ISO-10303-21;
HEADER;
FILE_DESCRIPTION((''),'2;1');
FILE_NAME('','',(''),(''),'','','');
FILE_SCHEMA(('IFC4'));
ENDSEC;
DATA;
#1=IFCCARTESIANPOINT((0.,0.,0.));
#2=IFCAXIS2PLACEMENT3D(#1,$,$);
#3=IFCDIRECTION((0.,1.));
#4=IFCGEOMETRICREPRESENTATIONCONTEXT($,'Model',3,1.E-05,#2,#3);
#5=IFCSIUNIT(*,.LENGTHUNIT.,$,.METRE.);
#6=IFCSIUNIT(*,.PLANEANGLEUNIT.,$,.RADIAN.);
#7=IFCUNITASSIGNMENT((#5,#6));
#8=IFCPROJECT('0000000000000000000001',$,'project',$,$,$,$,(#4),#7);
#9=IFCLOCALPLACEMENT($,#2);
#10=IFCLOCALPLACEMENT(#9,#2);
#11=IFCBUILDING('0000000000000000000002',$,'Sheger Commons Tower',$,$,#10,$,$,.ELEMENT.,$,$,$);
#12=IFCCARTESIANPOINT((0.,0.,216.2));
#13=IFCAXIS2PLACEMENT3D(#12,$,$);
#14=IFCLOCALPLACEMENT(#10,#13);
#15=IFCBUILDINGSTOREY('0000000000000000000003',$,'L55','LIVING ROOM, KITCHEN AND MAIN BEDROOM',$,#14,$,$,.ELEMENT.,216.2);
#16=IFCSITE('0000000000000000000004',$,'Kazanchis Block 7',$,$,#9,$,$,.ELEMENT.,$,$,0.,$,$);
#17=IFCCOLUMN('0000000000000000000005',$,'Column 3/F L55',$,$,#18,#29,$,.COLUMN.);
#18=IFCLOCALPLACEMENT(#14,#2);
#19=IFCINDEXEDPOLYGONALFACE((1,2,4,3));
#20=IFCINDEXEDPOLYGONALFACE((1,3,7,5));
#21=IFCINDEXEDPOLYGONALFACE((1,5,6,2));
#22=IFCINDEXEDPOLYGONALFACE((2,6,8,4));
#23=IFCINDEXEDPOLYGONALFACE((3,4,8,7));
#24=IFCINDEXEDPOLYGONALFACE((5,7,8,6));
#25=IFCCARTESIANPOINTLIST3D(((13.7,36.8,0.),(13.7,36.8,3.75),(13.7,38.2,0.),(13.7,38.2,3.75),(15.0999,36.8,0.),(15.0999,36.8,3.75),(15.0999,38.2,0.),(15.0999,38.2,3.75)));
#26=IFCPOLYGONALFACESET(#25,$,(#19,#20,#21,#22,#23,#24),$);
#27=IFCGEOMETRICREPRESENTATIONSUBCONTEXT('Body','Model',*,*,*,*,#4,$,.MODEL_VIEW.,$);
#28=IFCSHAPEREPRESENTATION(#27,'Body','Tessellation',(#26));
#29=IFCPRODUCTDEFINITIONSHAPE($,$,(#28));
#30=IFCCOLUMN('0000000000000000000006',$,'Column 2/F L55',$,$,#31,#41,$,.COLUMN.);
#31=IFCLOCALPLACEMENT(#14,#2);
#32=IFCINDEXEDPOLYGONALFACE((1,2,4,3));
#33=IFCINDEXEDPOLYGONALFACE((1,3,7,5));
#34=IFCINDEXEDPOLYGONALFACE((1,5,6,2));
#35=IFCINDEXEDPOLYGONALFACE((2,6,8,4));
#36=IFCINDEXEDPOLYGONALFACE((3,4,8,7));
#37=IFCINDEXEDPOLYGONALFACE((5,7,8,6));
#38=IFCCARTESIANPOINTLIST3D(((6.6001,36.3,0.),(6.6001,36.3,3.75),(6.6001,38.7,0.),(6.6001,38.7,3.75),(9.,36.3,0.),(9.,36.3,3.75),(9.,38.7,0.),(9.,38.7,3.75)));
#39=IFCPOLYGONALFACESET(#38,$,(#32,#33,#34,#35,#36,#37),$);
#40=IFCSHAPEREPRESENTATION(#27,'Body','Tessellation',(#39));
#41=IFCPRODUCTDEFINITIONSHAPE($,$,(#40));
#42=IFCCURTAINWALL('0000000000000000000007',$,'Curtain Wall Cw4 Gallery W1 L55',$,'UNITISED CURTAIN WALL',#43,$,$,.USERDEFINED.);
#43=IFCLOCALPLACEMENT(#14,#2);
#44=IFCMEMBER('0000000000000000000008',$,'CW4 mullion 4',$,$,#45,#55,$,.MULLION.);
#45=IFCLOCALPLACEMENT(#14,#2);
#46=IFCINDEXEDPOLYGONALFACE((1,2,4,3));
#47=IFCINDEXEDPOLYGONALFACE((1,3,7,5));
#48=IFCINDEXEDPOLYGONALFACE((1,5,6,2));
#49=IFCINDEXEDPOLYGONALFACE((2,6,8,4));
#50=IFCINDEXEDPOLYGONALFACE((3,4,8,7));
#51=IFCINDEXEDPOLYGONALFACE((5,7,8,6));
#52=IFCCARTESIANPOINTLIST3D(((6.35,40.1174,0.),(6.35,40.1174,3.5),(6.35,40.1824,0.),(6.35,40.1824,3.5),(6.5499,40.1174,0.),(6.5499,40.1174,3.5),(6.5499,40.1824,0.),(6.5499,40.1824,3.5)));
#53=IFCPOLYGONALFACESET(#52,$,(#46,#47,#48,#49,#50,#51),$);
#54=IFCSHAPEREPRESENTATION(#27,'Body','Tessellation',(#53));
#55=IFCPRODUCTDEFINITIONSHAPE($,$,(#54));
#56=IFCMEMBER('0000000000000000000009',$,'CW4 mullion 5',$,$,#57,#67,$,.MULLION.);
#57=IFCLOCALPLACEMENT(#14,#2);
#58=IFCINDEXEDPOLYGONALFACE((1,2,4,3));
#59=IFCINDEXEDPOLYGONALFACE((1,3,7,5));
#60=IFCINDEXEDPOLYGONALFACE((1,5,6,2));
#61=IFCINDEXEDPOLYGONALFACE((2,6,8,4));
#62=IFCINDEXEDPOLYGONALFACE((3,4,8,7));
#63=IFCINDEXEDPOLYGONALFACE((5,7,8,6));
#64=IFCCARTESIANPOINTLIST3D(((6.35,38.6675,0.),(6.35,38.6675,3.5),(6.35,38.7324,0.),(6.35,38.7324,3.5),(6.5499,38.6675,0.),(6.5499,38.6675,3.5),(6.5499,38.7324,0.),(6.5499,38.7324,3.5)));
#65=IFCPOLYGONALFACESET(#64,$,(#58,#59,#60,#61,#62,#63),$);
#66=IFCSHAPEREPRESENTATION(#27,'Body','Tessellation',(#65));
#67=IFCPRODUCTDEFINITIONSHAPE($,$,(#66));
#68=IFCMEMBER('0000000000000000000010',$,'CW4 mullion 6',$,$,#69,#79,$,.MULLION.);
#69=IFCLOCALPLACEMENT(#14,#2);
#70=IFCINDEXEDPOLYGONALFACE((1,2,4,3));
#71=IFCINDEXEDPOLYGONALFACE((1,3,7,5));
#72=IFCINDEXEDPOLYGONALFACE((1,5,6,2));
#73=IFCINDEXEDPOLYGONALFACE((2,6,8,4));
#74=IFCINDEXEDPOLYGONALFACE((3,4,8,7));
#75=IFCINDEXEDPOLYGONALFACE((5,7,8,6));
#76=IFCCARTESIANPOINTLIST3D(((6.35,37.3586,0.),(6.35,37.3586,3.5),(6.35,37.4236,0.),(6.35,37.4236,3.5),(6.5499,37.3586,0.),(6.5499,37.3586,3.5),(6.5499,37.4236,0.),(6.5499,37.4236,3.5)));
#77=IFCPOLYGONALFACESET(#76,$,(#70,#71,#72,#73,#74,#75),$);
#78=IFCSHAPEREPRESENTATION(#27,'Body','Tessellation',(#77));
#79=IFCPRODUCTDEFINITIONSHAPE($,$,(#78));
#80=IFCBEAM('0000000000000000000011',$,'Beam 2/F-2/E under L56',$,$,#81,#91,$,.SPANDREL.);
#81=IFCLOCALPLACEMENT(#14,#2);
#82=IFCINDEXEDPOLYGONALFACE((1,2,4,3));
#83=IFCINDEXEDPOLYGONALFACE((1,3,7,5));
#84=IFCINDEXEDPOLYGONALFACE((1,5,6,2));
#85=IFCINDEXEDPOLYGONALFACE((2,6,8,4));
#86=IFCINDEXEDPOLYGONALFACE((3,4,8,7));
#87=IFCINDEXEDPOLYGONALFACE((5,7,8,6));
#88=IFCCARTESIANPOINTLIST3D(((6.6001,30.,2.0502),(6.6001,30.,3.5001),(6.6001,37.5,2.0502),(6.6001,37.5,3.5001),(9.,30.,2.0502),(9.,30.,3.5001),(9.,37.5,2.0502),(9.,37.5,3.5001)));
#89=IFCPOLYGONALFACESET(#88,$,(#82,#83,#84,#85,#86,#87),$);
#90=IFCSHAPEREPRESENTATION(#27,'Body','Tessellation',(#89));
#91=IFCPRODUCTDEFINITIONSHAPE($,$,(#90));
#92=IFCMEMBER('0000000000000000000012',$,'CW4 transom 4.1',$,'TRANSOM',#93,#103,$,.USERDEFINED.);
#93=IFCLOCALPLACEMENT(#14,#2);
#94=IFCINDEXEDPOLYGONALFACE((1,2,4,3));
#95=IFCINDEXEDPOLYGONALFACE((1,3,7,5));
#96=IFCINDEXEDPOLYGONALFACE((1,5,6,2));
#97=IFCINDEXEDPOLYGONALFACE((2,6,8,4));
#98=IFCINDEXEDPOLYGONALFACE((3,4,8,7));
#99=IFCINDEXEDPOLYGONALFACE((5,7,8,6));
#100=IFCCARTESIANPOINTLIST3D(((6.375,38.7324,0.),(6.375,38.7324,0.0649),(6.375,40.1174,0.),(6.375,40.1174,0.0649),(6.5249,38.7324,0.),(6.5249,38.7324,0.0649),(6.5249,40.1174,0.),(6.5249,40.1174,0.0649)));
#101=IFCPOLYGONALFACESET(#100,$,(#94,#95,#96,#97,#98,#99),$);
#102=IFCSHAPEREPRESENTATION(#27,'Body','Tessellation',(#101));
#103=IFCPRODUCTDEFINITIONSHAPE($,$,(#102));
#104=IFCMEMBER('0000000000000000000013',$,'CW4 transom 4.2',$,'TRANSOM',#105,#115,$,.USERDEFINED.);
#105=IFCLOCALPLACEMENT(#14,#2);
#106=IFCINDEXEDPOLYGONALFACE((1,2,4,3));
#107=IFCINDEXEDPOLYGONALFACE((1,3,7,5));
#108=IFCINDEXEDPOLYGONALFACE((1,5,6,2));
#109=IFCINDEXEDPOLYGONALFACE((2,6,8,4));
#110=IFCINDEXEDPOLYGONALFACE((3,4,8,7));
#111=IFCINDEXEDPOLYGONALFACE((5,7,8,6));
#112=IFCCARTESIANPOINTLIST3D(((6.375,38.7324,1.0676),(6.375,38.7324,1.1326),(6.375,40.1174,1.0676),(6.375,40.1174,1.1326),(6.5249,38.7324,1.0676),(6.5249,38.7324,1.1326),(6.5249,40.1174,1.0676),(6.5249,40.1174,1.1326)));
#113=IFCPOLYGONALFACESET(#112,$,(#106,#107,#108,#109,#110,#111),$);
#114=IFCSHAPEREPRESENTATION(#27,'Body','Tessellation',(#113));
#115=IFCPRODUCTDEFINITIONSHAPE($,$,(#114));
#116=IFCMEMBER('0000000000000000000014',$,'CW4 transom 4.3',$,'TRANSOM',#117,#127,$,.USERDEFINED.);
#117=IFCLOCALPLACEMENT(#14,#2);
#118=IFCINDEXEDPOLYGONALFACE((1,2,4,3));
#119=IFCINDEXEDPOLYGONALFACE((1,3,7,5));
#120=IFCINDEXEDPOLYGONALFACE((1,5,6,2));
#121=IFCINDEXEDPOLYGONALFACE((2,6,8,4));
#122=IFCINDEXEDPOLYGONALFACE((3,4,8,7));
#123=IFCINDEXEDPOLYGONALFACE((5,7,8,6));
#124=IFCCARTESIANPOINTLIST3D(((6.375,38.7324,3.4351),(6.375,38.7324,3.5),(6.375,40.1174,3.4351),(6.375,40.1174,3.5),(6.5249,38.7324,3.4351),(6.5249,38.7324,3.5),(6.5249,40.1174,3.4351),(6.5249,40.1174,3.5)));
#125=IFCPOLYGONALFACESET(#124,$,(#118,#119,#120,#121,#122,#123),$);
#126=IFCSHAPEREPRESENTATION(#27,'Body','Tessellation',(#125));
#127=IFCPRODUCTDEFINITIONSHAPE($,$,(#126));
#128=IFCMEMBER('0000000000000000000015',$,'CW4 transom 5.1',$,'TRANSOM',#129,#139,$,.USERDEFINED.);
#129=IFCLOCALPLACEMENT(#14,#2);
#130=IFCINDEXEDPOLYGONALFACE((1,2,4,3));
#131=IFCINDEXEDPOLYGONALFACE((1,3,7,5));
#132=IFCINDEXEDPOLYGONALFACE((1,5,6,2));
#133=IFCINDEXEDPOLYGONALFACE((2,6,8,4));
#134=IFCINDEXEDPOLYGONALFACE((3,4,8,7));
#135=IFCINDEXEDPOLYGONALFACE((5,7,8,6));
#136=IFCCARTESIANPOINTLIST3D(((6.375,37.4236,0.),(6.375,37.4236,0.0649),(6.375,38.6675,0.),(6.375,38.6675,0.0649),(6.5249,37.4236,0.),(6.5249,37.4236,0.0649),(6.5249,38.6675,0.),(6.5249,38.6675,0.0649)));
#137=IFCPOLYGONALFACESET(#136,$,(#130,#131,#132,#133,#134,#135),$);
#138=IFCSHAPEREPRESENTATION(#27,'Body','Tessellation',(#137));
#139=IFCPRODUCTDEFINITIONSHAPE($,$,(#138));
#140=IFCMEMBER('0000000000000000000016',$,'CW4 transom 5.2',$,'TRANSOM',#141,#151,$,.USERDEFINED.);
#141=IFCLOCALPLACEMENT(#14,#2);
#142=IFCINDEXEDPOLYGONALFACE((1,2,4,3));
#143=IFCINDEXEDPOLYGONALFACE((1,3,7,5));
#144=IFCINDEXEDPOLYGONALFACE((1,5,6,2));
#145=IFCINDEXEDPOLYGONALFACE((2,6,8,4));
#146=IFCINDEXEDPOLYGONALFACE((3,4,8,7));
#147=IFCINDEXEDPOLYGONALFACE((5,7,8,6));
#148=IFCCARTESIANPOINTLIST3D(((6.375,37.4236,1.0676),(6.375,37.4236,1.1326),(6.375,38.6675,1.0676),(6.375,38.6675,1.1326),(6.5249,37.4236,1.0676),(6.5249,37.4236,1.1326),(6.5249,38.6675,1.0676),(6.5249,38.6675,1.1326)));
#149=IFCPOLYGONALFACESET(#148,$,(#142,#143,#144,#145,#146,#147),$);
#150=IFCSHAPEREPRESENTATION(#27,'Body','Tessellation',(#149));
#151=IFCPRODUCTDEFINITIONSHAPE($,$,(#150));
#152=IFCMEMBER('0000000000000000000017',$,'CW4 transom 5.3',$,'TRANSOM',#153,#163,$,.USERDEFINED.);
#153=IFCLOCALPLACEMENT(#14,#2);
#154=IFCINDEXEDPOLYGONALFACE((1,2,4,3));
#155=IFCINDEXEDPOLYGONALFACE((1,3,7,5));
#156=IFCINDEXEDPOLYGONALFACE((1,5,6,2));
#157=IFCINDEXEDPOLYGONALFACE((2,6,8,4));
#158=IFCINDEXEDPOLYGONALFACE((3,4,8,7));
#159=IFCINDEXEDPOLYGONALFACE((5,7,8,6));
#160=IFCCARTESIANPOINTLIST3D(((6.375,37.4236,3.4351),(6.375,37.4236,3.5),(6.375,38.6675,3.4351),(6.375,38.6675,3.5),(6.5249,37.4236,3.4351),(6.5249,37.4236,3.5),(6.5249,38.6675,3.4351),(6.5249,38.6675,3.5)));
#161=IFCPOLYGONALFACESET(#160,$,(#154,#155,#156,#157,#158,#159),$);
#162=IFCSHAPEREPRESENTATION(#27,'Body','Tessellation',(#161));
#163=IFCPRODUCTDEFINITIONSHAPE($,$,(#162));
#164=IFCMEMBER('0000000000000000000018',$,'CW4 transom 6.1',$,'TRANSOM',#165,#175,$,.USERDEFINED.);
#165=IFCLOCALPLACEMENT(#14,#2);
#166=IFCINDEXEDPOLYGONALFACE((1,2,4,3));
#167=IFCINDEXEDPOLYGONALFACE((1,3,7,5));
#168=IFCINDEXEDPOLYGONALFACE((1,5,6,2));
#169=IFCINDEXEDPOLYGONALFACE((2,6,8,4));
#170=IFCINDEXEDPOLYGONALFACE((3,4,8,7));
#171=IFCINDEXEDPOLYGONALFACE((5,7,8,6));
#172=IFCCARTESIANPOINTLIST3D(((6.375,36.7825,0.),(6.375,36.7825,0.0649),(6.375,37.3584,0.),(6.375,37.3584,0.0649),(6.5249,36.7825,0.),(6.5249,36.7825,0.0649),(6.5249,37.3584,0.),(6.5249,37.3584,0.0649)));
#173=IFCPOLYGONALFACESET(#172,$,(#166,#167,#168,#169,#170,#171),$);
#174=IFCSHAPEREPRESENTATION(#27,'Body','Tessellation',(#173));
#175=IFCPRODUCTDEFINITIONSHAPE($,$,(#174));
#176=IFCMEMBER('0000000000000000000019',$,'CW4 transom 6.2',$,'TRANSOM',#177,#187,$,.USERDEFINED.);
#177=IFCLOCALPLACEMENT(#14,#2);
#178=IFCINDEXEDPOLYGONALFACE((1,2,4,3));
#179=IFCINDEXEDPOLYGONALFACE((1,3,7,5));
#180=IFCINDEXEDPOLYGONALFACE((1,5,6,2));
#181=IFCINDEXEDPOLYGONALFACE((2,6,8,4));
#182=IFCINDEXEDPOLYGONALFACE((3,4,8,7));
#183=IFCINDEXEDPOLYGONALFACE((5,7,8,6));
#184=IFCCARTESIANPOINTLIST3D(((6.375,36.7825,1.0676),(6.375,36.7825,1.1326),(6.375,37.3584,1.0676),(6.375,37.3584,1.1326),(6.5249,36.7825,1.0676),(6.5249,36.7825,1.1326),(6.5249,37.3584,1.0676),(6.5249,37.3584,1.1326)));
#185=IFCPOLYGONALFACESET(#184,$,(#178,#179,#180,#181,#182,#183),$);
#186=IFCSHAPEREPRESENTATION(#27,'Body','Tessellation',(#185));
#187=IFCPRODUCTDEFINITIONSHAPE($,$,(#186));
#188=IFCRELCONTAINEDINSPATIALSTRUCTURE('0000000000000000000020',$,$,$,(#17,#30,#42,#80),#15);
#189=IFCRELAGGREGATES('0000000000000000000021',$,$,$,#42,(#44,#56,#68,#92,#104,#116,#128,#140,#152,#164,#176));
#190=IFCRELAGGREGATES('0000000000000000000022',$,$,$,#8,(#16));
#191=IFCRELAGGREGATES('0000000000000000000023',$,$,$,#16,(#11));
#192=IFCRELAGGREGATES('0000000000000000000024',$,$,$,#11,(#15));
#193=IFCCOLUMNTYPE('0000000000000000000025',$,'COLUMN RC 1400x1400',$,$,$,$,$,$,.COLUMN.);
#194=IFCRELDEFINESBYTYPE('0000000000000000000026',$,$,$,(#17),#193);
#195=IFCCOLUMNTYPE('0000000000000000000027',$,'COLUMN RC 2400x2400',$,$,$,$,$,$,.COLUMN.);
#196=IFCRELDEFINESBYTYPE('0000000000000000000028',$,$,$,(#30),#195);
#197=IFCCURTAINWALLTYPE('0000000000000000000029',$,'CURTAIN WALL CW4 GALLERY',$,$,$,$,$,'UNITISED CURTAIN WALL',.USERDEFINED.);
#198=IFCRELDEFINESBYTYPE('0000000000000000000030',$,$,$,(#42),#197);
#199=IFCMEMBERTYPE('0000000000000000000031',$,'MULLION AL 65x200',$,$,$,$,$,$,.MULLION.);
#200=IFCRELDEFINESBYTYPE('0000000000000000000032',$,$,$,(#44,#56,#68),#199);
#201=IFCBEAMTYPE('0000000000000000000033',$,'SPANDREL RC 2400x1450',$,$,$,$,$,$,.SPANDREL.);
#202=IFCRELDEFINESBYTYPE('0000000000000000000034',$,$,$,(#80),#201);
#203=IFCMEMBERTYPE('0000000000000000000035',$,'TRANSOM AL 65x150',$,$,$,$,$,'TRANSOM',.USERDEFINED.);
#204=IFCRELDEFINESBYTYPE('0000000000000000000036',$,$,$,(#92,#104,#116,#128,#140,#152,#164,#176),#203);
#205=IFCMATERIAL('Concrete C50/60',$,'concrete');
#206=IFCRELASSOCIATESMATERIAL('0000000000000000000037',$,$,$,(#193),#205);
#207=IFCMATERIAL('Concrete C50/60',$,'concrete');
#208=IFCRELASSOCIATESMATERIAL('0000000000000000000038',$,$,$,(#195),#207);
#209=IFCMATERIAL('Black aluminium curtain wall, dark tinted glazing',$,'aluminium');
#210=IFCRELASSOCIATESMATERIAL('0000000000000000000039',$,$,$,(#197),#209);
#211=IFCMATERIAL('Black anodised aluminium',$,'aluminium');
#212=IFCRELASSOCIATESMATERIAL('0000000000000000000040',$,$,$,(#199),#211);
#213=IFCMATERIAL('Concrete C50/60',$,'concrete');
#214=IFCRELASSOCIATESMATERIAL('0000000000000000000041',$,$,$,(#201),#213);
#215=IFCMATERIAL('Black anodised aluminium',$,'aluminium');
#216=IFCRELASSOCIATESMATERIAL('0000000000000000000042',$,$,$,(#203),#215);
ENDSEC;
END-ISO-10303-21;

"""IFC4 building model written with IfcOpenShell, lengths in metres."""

from ifc_helpers import new_model, si_unit, direction, frame, origin, origin_2d, place, context, subcontext, project, spatial, rectangle, extrude, material, material_profile, profile_set, type_object, element, aggregate, save


model = new_model("IFC4")

# Units and contexts
model_context = context("Model", 3, precision=1e-05, world=origin(), true_north=direction((0.0, 1.0)))
body_context = subcontext(model_context, "Body", "Model", "MODEL_VIEW")
ifc_project = project(units=[si_unit("LENGTHUNIT", "METRE"), si_unit("PLANEANGLEUNIT", "RADIAN")], contexts=[model_context])

# Site, building, storey
site_placement = place(None, origin())
site = spatial("IfcSite", under=ifc_project, at=site_placement, Name="Kazanchis Block 7", CompositionType="ELEMENT", RefElevation=0.0)
building_placement = place(site_placement, origin())
building = spatial("IfcBuilding", under=site, at=building_placement, Name="Sheger Commons Tower", CompositionType="ELEMENT")
storey_placement = place(building_placement, frame((0.0, 0.0, 216.2)))
storey = spatial("IfcBuildingStorey", under=building, at=storey_placement, Name="L55", Description="LIVING ROOM, KITCHEN AND MAIN BEDROOM", CompositionType="ELEMENT", Elevation=216.2)

# Columns
ifc_material_1 = material(Name="Concrete C50/60", Category="concrete")
ifc_material_profile_1 = material_profile(ifc_material_1, rectangle(XDim=1.3999, YDim=1.3999, at=origin_2d()), Name="RC 1400x1400")
ifc_profile_set_1 = profile_set([ifc_material_profile_1], Name="Concrete C50/60")
column_type_1 = type_object("IfcColumnType", Name="COLUMN RC 1400x1400", PredefinedType="COLUMN", material=ifc_profile_set_1)
column_1_placement = place(storey_placement, frame((14.3999, 37.5, 0.0), z_axis=(0.0, 0.0, 1.0), x_axis=(1.0, 0.0, 0.0)))
element("IfcColumn", 1, at=column_1_placement, inside=storey, type_object=column_type_1, Name="Column 3/F L55", PredefinedType="COLUMN", context=body_context, shape_type="SweptSolid", body=[
    extrude(rectangle(XDim=1.3999, YDim=1.3999, at=origin_2d()), origin(), (0.0, 0.0, 1.0), 3.75),
])
ifc_material_2 = material(Name="Concrete C50/60", Category="concrete")
ifc_material_profile_2 = material_profile(ifc_material_2, rectangle(XDim=2.3999, YDim=2.3999, at=origin_2d()), Name="RC 2400x2400")
ifc_profile_set_2 = profile_set([ifc_material_profile_2], Name="Concrete C50/60")
column_type_2 = type_object("IfcColumnType", Name="COLUMN RC 2400x2400", PredefinedType="COLUMN", material=ifc_profile_set_2)
column_2_placement = place(storey_placement, frame((7.8, 37.5, 0.0), z_axis=(0.0, 0.0, 1.0), x_axis=(1.0, 0.0, 0.0)))
element("IfcColumn", 2, at=column_2_placement, inside=storey, type_object=column_type_2, Name="Column 2/F L55", PredefinedType="COLUMN", context=body_context, shape_type="SweptSolid", body=[
    extrude(rectangle(XDim=2.3999, YDim=2.3999, at=origin_2d()), origin(), (0.0, 0.0, 1.0), 3.75),
])

# Curtain wall, members
ifc_material_3 = material(Name="Black aluminium curtain wall, dark tinted glazing", Category="aluminium")
curtain_wall_type = type_object("IfcCurtainWallType", Name="CURTAIN WALL CW4 GALLERY", ElementType="UNITISED CURTAIN WALL", PredefinedType="USERDEFINED", material=ifc_material_3)
curtain_wall_placement = place(storey_placement, origin())
curtain_wall = element("IfcCurtainWall", 3, at=curtain_wall_placement, inside=storey, type_object=curtain_wall_type, Name="Curtain Wall Cw4 Gallery W1 L55", ObjectType="UNITISED CURTAIN WALL", PredefinedType="USERDEFINED")
ifc_material_4 = material(Name="Black anodised aluminium", Category="aluminium")
ifc_material_profile_3 = material_profile(ifc_material_4, rectangle(XDim=0.2, YDim=0.0649, at=origin_2d()), Name="AL 65x200")
ifc_profile_set_3 = profile_set([ifc_material_profile_3], Name="Black anodised aluminium")
member_type_1 = type_object("IfcMemberType", Name="MULLION AL 65x200", PredefinedType="MULLION", material=ifc_profile_set_3)
member_1_placement = place(storey_placement, frame((6.45, 40.1499, 0.0), z_axis=(0.0, 0.0, 1.0), x_axis=(1.0, 0.0, 0.0)))
member_1 = element("IfcMember", 4, at=member_1_placement, type_object=member_type_1, Name="CW4 mullion 4", PredefinedType="MULLION", context=body_context, shape_type="SweptSolid", body=[
    extrude(rectangle(XDim=0.2, YDim=0.0649, at=origin_2d()), origin(), (0.0, 0.0, 1.0), 3.5),
])
member_2_placement = place(storey_placement, frame((6.45, 38.7, 0.0), z_axis=(0.0, 0.0, 1.0), x_axis=(1.0, 0.0, 0.0)))
member_2 = element("IfcMember", 5, at=member_2_placement, type_object=member_type_1, Name="CW4 mullion 5", PredefinedType="MULLION", context=body_context, shape_type="SweptSolid", body=[
    extrude(rectangle(XDim=0.2, YDim=0.0649, at=origin_2d()), origin(), (0.0, 0.0, 1.0), 3.5),
])
member_3_placement = place(storey_placement, frame((6.45, 37.3911, 0.0), z_axis=(0.0, 0.0, 1.0), x_axis=(1.0, 0.0, 0.0)))
member_3 = element("IfcMember", 6, at=member_3_placement, type_object=member_type_1, Name="CW4 mullion 6", PredefinedType="MULLION", context=body_context, shape_type="SweptSolid", body=[
    extrude(rectangle(XDim=0.2, YDim=0.0649, at=origin_2d()), origin(), (0.0, 0.0, 1.0), 3.5),
])

# Beam
ifc_material_5 = material(Name="Concrete C50/60", Category="concrete")
ifc_material_profile_4 = material_profile(ifc_material_5, rectangle(XDim=2.3999, YDim=1.45, at=origin_2d()), Name="RC 2400x1450")
ifc_profile_set_4 = profile_set([ifc_material_profile_4], Name="Concrete C50/60")
beam_type = type_object("IfcBeamType", Name="SPANDREL RC 2400x1450", PredefinedType="SPANDREL", material=ifc_profile_set_4)
beam_placement = place(storey_placement, frame((7.8, 37.5, 2.7751), z_axis=(0.0, -1.0, 0.0), x_axis=(1.0, 0.0, 0.0)))
element("IfcBeam", 7, at=beam_placement, inside=storey, type_object=beam_type, Name="Beam 2/F-2/E under L56", PredefinedType="SPANDREL", context=body_context, shape_type="SweptSolid", body=[
    extrude(rectangle(XDim=2.3999, YDim=1.45, at=origin_2d()), origin(), (0.0, 0.0, 1.0), 7.5),
])

# Members
ifc_material_6 = material(Name="Black anodised aluminium", Category="aluminium")
ifc_material_profile_5 = material_profile(ifc_material_6, rectangle(XDim=0.1499, YDim=0.0649, at=origin_2d()), Name="AL 65x150")
ifc_profile_set_5 = profile_set([ifc_material_profile_5], Name="Black anodised aluminium")
member_type_2 = type_object("IfcMemberType", Name="TRANSOM AL 65x150", ElementType="TRANSOM", PredefinedType="USERDEFINED", material=ifc_profile_set_5)
member_4_placement = place(storey_placement, frame((6.45, 40.1174, 0.0325), z_axis=(0.0, -1.0, 0.0), x_axis=(1.0, 0.0, 0.0)))
member_4 = element("IfcMember", 8, at=member_4_placement, type_object=member_type_2, Name="CW4 transom 4.1", ObjectType="TRANSOM", PredefinedType="USERDEFINED", context=body_context, shape_type="SweptSolid", body=[
    extrude(rectangle(XDim=0.1499, YDim=0.0649, at=origin_2d()), origin(), (0.0, 0.0, 1.0), 1.385),
])
member_5_placement = place(storey_placement, frame((6.45, 40.1174, 1.1001), z_axis=(0.0, -1.0, 0.0), x_axis=(1.0, 0.0, 0.0)))
member_5 = element("IfcMember", 9, at=member_5_placement, type_object=member_type_2, Name="CW4 transom 4.2", ObjectType="TRANSOM", PredefinedType="USERDEFINED", context=body_context, shape_type="SweptSolid", body=[
    extrude(rectangle(XDim=0.1499, YDim=0.0649, at=origin_2d()), origin(), (0.0, 0.0, 1.0), 1.385),
])
member_6_placement = place(storey_placement, frame((6.45, 40.1174, 3.4675), z_axis=(0.0, -1.0, 0.0), x_axis=(1.0, 0.0, 0.0)))
member_6 = element("IfcMember", 10, at=member_6_placement, type_object=member_type_2, Name="CW4 transom 4.3", ObjectType="TRANSOM", PredefinedType="USERDEFINED", context=body_context, shape_type="SweptSolid", body=[
    extrude(rectangle(XDim=0.1499, YDim=0.0649, at=origin_2d()), origin(), (0.0, 0.0, 1.0), 1.385),
])
member_7_placement = place(storey_placement, frame((6.45, 38.6675, 0.0325), z_axis=(0.0, -1.0, 0.0), x_axis=(1.0, 0.0, 0.0)))
member_7 = element("IfcMember", 11, at=member_7_placement, type_object=member_type_2, Name="CW4 transom 5.1", ObjectType="TRANSOM", PredefinedType="USERDEFINED", context=body_context, shape_type="SweptSolid", body=[
    extrude(rectangle(XDim=0.1499, YDim=0.0649, at=origin_2d()), origin(), (0.0, 0.0, 1.0), 1.2439),
])
member_8_placement = place(storey_placement, frame((6.45, 38.6675, 1.1001), z_axis=(0.0, -1.0, 0.0), x_axis=(1.0, 0.0, 0.0)))
member_8 = element("IfcMember", 12, at=member_8_placement, type_object=member_type_2, Name="CW4 transom 5.2", ObjectType="TRANSOM", PredefinedType="USERDEFINED", context=body_context, shape_type="SweptSolid", body=[
    extrude(rectangle(XDim=0.1499, YDim=0.0649, at=origin_2d()), origin(), (0.0, 0.0, 1.0), 1.2439),
])
member_9_placement = place(storey_placement, frame((6.45, 38.6675, 3.4675), z_axis=(0.0, -1.0, 0.0), x_axis=(1.0, 0.0, 0.0)))
member_9 = element("IfcMember", 13, at=member_9_placement, type_object=member_type_2, Name="CW4 transom 5.3", ObjectType="TRANSOM", PredefinedType="USERDEFINED", context=body_context, shape_type="SweptSolid", body=[
    extrude(rectangle(XDim=0.1499, YDim=0.0649, at=origin_2d()), origin(), (0.0, 0.0, 1.0), 1.2439),
])
member_10_placement = place(storey_placement, frame((6.45, 37.3584, 0.0325), z_axis=(0.0, -1.0, 0.0), x_axis=(1.0, 0.0, 0.0)))
member_10 = element("IfcMember", 14, at=member_10_placement, type_object=member_type_2, Name="CW4 transom 6.1", ObjectType="TRANSOM", PredefinedType="USERDEFINED", context=body_context, shape_type="SweptSolid", body=[
    extrude(rectangle(XDim=0.1499, YDim=0.0649, at=origin_2d()), origin(), (0.0, 0.0, 1.0), 0.5759),
])
member_11_placement = place(storey_placement, frame((6.45, 37.3584, 1.1001), z_axis=(0.0, -1.0, 0.0), x_axis=(1.0, 0.0, 0.0)))
member_11 = element("IfcMember", 15, at=member_11_placement, type_object=member_type_2, Name="CW4 transom 6.2", ObjectType="TRANSOM", PredefinedType="USERDEFINED", context=body_context, shape_type="SweptSolid", body=[
    extrude(rectangle(XDim=0.1499, YDim=0.0649, at=origin_2d()), origin(), (0.0, 0.0, 1.0), 0.5759),
])

aggregate(curtain_wall, [member_1, member_2, member_3, member_4, member_5, member_6, member_7, member_8, member_9, member_10, member_11])

save(model, "model.ifc")
